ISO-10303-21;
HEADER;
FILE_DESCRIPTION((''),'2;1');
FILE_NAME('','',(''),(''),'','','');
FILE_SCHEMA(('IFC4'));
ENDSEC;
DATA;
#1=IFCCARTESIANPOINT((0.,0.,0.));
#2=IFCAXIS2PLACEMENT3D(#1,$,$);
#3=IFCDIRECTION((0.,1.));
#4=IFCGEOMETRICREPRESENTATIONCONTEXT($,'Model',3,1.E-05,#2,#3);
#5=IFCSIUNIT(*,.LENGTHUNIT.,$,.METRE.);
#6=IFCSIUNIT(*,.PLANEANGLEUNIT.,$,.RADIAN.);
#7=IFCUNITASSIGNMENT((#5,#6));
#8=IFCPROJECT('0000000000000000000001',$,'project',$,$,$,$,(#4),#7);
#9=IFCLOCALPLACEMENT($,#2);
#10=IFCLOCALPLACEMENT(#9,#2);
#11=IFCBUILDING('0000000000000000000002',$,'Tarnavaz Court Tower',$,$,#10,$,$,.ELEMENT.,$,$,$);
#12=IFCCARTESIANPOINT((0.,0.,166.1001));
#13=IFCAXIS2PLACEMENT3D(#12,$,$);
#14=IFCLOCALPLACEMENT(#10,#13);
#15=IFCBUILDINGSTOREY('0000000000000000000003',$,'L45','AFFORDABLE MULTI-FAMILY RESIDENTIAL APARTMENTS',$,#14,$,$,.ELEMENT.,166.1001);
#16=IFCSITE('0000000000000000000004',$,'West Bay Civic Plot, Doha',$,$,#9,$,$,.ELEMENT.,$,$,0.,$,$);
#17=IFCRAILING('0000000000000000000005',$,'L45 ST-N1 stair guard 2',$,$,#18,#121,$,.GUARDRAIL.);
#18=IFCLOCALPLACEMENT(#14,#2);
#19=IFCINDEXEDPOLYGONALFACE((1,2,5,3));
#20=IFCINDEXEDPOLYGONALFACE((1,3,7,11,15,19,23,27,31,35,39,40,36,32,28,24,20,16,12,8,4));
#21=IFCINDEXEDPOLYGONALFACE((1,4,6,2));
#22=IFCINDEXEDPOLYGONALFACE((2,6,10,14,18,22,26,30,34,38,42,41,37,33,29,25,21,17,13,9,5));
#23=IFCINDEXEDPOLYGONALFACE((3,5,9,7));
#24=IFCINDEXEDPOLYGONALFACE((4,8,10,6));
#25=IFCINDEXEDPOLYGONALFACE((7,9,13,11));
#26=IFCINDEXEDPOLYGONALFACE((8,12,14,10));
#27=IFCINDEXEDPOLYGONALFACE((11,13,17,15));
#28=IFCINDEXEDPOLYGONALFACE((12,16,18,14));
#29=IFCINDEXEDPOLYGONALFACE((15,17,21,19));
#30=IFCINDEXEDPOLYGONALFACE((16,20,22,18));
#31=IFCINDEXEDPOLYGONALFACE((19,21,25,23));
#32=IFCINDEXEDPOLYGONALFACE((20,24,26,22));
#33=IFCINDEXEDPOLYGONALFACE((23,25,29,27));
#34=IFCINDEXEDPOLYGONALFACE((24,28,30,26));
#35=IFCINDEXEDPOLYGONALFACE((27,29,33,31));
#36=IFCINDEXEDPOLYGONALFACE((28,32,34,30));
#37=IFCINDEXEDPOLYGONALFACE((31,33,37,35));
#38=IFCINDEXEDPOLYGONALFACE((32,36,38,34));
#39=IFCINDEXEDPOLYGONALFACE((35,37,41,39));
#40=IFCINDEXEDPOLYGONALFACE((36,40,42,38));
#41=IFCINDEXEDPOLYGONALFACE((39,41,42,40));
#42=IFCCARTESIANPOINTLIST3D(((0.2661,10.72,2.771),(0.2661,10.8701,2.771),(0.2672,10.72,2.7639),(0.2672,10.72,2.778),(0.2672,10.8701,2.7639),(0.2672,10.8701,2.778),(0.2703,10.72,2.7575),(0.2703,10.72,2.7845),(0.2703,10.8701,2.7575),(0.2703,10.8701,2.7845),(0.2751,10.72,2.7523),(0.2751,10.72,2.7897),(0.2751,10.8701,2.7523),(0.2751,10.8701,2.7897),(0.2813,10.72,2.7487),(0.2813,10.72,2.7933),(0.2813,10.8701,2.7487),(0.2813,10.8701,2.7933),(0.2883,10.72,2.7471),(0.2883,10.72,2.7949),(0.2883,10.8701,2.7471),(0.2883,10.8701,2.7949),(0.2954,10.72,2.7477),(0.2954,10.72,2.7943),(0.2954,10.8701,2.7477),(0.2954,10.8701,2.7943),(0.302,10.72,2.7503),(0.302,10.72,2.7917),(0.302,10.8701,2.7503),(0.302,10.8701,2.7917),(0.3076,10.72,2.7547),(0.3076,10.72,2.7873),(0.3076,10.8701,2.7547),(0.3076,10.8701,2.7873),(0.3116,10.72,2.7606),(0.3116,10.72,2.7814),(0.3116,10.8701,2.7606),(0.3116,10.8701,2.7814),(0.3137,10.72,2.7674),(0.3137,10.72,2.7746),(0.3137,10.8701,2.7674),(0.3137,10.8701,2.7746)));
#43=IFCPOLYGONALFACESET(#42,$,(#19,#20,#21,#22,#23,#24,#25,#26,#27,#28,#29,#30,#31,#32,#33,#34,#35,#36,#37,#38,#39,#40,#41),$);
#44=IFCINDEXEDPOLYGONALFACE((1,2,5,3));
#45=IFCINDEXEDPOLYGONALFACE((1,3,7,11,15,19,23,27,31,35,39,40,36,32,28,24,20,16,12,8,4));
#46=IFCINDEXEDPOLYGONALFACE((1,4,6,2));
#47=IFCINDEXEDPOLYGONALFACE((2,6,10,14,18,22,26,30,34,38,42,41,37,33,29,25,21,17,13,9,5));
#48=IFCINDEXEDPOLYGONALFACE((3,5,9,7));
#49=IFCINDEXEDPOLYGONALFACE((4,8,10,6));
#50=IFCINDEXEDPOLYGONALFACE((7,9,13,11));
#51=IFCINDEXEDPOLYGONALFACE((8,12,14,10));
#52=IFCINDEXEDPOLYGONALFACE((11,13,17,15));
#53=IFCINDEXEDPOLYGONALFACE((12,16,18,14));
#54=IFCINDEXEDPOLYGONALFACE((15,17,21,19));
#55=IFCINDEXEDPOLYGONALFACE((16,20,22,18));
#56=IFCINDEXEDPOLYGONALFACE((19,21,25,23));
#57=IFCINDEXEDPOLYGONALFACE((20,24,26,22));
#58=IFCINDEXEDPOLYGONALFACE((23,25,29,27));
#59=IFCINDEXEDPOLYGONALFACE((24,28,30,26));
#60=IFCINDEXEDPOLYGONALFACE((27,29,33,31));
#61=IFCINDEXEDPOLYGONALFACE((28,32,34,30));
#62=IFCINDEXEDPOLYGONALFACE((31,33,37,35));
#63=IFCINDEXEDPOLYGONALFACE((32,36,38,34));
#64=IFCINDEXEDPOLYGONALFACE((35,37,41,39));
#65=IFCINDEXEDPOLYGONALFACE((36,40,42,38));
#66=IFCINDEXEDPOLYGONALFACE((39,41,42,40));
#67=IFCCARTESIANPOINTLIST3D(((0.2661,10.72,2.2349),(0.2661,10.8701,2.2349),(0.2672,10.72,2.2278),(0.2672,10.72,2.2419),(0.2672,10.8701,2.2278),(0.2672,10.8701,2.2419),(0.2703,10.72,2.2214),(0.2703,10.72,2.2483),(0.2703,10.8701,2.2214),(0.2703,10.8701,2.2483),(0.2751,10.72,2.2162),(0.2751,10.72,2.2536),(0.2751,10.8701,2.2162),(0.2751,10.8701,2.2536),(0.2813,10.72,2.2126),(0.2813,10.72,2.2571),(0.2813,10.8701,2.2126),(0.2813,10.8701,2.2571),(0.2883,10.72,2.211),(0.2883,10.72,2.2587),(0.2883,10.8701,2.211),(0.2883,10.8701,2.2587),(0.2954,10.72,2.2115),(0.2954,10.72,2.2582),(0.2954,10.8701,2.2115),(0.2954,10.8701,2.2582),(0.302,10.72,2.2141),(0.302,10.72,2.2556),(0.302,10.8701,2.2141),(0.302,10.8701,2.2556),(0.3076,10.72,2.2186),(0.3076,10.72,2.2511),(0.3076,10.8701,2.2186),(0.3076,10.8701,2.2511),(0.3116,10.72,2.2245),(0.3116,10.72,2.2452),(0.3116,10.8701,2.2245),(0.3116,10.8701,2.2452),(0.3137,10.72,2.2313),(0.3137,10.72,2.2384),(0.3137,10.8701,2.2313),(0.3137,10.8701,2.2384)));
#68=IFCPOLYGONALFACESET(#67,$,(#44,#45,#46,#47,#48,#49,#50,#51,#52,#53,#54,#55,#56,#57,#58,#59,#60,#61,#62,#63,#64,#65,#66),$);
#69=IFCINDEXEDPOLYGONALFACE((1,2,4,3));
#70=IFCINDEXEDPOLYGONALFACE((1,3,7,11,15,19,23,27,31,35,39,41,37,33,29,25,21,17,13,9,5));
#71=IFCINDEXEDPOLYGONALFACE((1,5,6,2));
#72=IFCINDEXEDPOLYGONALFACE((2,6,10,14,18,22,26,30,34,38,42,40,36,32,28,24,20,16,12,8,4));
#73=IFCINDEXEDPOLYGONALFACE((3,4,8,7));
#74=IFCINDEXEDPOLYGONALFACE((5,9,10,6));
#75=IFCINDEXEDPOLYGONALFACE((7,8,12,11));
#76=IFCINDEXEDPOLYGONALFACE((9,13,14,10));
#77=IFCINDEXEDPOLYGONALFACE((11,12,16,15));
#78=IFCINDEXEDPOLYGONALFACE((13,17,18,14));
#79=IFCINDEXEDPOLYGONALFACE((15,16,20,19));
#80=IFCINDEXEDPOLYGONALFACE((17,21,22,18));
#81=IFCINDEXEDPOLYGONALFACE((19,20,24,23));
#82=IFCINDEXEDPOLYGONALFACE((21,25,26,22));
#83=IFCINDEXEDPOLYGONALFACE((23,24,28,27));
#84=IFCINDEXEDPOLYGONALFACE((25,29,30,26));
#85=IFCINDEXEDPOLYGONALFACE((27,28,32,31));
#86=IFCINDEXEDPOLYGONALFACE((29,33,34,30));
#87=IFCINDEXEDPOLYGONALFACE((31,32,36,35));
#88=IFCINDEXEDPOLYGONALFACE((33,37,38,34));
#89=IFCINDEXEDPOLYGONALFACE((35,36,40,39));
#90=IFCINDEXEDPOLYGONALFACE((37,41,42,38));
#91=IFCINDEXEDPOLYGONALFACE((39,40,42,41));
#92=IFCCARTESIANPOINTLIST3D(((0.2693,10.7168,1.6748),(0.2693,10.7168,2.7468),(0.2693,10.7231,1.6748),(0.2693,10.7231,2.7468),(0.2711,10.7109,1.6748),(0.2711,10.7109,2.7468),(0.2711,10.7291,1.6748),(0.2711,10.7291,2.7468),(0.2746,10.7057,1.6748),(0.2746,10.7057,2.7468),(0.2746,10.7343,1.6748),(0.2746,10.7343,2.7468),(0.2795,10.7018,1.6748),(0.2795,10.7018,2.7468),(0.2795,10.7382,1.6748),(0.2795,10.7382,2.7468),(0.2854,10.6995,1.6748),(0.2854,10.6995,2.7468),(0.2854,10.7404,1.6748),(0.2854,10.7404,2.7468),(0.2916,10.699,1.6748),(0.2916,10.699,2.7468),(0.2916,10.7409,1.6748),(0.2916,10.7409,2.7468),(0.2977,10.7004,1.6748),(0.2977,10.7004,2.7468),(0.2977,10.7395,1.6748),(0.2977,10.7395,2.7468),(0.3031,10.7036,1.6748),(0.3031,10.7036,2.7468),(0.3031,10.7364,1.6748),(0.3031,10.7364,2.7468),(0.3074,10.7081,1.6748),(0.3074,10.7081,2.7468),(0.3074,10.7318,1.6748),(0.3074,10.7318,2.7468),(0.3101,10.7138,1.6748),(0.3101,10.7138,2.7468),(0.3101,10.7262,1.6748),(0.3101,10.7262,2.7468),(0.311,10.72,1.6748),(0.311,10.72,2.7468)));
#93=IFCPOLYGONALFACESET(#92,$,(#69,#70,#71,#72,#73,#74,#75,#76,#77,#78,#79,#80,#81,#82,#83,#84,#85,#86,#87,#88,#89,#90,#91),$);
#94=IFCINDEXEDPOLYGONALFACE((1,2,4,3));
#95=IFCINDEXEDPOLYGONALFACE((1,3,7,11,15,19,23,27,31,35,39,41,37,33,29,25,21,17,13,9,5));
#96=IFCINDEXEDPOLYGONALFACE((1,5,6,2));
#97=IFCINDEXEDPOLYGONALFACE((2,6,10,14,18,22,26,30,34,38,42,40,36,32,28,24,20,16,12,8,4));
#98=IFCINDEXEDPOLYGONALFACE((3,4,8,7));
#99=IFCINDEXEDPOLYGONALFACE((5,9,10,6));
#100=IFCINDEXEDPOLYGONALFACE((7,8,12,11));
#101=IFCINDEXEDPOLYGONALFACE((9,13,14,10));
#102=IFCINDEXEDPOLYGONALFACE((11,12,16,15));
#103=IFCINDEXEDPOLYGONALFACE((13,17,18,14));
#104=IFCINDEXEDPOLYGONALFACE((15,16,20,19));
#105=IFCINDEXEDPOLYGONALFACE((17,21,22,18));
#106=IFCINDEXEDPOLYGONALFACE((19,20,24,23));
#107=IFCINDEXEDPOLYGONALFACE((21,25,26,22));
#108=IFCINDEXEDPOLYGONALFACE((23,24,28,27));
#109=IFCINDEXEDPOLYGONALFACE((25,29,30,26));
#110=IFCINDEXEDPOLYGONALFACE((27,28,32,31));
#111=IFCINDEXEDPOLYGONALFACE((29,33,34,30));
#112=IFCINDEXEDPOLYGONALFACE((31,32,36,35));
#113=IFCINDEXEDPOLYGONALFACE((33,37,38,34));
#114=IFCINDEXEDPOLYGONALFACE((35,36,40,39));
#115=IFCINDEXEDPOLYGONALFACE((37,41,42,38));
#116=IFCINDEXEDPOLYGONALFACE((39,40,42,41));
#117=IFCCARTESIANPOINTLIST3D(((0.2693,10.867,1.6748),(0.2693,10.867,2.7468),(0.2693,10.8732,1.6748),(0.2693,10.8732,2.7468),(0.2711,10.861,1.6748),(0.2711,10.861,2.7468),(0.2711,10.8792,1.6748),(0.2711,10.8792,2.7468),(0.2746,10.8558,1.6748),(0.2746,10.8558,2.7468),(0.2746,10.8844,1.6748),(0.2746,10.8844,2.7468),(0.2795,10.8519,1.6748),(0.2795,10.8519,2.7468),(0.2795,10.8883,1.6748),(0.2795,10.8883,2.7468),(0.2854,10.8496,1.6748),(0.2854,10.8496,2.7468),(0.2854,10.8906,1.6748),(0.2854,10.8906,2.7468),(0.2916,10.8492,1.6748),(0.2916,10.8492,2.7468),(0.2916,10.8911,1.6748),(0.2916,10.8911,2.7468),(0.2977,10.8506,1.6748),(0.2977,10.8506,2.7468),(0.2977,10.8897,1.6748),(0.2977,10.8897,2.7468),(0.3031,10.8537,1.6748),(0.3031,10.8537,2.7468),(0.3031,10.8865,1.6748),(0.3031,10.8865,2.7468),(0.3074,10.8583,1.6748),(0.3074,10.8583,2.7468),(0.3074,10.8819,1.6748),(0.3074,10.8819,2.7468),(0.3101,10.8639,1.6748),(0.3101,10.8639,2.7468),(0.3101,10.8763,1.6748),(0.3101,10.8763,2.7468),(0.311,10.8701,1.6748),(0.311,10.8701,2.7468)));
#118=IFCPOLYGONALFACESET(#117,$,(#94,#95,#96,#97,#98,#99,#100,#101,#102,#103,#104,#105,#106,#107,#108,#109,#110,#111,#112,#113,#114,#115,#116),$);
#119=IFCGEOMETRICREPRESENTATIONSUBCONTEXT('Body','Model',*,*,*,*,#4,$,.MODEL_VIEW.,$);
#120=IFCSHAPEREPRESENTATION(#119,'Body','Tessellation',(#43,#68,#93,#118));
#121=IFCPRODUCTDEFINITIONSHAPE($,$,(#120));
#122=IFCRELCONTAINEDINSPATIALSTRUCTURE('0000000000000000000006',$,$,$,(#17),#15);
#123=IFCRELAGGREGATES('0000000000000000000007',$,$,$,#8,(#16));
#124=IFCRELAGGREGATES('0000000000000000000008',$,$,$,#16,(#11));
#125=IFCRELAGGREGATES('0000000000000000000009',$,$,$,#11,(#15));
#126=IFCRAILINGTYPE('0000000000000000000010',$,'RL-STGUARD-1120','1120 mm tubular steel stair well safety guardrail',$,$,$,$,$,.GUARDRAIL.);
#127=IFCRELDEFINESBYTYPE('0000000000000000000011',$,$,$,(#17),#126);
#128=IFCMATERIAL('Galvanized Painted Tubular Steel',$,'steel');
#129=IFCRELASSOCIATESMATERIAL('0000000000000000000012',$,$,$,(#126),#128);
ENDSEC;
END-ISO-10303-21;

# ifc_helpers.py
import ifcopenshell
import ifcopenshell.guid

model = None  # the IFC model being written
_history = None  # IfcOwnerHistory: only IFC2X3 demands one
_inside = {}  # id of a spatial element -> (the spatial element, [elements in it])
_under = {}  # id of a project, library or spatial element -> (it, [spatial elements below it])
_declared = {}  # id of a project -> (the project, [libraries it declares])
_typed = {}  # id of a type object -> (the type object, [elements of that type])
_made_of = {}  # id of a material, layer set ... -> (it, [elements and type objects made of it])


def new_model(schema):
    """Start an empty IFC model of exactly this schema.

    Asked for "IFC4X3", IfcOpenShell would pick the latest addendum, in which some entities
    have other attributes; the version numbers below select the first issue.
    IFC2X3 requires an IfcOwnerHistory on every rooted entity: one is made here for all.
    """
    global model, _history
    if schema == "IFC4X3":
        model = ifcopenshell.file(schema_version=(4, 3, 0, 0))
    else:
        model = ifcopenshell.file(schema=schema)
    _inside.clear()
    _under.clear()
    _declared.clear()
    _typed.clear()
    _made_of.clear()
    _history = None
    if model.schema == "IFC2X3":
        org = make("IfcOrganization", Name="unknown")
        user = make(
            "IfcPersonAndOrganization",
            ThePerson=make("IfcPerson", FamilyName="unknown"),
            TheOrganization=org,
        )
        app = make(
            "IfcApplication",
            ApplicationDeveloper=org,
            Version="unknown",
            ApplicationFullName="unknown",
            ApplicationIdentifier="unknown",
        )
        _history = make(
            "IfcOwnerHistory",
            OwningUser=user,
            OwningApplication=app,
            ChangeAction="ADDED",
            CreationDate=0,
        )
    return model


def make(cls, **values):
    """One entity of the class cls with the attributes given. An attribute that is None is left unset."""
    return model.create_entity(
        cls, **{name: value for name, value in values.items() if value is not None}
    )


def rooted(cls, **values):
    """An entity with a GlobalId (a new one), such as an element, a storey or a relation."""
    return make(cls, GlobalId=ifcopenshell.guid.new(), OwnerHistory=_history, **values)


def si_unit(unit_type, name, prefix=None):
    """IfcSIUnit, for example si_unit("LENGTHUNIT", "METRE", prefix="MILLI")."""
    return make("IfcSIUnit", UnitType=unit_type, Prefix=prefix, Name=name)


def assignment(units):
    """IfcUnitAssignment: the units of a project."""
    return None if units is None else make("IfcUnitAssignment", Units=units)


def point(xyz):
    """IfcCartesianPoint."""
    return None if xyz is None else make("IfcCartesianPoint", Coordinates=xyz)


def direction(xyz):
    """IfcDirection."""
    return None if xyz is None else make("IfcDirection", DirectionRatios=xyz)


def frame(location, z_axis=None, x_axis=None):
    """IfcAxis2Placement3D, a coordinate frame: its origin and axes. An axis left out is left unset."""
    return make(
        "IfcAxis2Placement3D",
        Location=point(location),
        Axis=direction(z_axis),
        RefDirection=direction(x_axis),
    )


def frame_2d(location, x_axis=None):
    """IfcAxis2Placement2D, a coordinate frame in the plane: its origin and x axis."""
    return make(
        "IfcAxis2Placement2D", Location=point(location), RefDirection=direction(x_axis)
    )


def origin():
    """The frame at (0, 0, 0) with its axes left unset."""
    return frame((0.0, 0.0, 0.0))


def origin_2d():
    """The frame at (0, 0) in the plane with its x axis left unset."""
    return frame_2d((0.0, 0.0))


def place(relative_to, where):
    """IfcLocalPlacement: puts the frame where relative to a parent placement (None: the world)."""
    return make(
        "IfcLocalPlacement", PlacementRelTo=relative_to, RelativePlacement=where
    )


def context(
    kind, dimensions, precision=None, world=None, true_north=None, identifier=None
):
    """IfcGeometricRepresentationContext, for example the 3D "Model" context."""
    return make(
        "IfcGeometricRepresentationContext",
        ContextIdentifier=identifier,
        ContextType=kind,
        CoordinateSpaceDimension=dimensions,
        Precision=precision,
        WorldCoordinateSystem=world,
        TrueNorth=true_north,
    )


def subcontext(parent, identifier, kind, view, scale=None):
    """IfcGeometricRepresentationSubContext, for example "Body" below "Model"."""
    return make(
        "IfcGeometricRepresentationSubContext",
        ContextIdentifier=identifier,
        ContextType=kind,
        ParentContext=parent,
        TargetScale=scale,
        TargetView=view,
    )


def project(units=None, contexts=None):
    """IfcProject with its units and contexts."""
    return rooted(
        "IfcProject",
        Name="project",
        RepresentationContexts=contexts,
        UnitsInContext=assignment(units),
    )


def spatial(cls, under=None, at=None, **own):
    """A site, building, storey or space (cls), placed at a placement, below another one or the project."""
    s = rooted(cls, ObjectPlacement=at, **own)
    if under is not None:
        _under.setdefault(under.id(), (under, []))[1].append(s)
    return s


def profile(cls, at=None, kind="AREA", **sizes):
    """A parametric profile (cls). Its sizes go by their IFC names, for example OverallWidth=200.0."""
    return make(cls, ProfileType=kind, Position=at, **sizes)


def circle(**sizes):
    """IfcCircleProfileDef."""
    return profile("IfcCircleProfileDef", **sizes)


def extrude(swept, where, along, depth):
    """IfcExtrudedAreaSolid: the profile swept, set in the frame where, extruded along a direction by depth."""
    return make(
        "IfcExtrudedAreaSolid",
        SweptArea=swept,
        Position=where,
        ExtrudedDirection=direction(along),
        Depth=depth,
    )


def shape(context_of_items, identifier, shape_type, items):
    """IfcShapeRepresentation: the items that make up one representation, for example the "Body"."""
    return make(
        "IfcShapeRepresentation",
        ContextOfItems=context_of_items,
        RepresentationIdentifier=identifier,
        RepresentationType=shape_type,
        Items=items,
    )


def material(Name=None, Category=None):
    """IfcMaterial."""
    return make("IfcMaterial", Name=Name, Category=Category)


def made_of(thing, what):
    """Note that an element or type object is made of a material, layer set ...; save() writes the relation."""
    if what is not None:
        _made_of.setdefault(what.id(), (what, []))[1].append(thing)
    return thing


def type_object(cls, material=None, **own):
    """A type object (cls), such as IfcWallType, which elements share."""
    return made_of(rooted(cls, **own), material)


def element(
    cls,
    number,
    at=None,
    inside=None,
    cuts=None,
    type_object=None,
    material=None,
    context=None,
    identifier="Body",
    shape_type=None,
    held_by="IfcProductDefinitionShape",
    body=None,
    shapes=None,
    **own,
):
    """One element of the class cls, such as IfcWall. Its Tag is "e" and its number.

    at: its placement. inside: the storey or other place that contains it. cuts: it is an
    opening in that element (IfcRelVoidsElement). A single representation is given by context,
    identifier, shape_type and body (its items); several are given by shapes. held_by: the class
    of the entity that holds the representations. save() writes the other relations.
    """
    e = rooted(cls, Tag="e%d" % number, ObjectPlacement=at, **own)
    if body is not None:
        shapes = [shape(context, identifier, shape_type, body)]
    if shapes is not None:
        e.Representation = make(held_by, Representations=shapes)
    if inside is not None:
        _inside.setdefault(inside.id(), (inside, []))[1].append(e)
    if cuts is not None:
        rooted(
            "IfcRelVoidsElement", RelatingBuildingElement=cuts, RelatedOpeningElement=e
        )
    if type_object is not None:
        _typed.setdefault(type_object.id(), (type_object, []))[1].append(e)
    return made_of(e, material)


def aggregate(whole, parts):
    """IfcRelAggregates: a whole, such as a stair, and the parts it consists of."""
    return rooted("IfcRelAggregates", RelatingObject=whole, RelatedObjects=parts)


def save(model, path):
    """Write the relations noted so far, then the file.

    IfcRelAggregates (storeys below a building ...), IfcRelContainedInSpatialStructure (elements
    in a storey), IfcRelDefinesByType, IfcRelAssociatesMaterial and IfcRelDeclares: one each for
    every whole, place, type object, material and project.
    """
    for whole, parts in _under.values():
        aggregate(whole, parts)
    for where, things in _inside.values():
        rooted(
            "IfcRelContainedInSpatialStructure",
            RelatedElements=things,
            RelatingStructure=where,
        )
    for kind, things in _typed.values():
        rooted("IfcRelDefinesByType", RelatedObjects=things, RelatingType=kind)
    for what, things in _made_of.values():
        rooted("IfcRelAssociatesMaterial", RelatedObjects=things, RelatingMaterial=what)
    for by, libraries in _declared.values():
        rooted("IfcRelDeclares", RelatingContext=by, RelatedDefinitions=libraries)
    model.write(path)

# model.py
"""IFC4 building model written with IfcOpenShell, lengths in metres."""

from ifc_helpers import new_model, si_unit, direction, frame, origin, origin_2d, place, context, subcontext, project, spatial, circle, extrude, material, type_object, element, save


model = new_model("IFC4")

# Units and contexts
model_context = context("Model", 3, precision=1e-05, world=origin(), true_north=direction((0.0, 1.0)))
body_context = subcontext(model_context, "Body", "Model", "MODEL_VIEW")
ifc_project = project(units=[si_unit("LENGTHUNIT", "METRE"), si_unit("PLANEANGLEUNIT", "RADIAN")], contexts=[model_context])

# Site, building, storey
site_placement = place(None, origin())
site = spatial("IfcSite", under=ifc_project, at=site_placement, Name="West Bay Civic Plot, Doha", CompositionType="ELEMENT", RefElevation=0.0)
building_placement = place(site_placement, origin())
building = spatial("IfcBuilding", under=site, at=building_placement, Name="Tarnavaz Court Tower", CompositionType="ELEMENT")
storey_placement = place(building_placement, frame((0.0, 0.0, 166.1001)))
storey = spatial("IfcBuildingStorey", under=building, at=storey_placement, Name="L45", Description="AFFORDABLE MULTI-FAMILY RESIDENTIAL APARTMENTS", CompositionType="ELEMENT", Elevation=166.1001)

# Railing
ifc_material_1 = material(Name="Galvanized Painted Tubular Steel", Category="steel")
railing_type_1 = type_object("IfcRailingType", Name="RL-STGUARD-1120", Description="1120 mm tubular steel stair well safety guardrail", PredefinedType="GUARDRAIL", material=ifc_material_1)
railing_1_placement = place(storey_placement, frame((0.29, 10.72, 1.6748)))
element("IfcRailing", 1, at=railing_1_placement, inside=storey, type_object=railing_type_1, Name="L45 ST-N1 stair guard 2", PredefinedType="GUARDRAIL", context=body_context, shape_type="SweptSolid", body=[
    extrude(circle(Radius=0.0239, at=origin_2d()), frame((0.0, 0.0, 1.0962), z_axis=(0.0, 1.0, 0.0), x_axis=(-1.0, 0.0, 0.0)), (0.0, 0.0, 1.0), 0.1501),
    extrude(circle(Radius=0.0239, at=origin_2d()), frame((0.0, 0.0, 0.5601), z_axis=(0.0, 1.0, 0.0), x_axis=(-1.0, 0.0, 0.0)), (0.0, 0.0, 1.0), 0.1501),
    extrude(circle(Radius=0.021, at=origin_2d()), origin(), (0.0, 0.0, 1.0), 1.072),
    extrude(circle(Radius=0.021, at=origin_2d()), frame((0.0, 0.1501, 0.0)), (0.0, 0.0, 1.0), 1.072),
])

save(model, "model.ifc")
